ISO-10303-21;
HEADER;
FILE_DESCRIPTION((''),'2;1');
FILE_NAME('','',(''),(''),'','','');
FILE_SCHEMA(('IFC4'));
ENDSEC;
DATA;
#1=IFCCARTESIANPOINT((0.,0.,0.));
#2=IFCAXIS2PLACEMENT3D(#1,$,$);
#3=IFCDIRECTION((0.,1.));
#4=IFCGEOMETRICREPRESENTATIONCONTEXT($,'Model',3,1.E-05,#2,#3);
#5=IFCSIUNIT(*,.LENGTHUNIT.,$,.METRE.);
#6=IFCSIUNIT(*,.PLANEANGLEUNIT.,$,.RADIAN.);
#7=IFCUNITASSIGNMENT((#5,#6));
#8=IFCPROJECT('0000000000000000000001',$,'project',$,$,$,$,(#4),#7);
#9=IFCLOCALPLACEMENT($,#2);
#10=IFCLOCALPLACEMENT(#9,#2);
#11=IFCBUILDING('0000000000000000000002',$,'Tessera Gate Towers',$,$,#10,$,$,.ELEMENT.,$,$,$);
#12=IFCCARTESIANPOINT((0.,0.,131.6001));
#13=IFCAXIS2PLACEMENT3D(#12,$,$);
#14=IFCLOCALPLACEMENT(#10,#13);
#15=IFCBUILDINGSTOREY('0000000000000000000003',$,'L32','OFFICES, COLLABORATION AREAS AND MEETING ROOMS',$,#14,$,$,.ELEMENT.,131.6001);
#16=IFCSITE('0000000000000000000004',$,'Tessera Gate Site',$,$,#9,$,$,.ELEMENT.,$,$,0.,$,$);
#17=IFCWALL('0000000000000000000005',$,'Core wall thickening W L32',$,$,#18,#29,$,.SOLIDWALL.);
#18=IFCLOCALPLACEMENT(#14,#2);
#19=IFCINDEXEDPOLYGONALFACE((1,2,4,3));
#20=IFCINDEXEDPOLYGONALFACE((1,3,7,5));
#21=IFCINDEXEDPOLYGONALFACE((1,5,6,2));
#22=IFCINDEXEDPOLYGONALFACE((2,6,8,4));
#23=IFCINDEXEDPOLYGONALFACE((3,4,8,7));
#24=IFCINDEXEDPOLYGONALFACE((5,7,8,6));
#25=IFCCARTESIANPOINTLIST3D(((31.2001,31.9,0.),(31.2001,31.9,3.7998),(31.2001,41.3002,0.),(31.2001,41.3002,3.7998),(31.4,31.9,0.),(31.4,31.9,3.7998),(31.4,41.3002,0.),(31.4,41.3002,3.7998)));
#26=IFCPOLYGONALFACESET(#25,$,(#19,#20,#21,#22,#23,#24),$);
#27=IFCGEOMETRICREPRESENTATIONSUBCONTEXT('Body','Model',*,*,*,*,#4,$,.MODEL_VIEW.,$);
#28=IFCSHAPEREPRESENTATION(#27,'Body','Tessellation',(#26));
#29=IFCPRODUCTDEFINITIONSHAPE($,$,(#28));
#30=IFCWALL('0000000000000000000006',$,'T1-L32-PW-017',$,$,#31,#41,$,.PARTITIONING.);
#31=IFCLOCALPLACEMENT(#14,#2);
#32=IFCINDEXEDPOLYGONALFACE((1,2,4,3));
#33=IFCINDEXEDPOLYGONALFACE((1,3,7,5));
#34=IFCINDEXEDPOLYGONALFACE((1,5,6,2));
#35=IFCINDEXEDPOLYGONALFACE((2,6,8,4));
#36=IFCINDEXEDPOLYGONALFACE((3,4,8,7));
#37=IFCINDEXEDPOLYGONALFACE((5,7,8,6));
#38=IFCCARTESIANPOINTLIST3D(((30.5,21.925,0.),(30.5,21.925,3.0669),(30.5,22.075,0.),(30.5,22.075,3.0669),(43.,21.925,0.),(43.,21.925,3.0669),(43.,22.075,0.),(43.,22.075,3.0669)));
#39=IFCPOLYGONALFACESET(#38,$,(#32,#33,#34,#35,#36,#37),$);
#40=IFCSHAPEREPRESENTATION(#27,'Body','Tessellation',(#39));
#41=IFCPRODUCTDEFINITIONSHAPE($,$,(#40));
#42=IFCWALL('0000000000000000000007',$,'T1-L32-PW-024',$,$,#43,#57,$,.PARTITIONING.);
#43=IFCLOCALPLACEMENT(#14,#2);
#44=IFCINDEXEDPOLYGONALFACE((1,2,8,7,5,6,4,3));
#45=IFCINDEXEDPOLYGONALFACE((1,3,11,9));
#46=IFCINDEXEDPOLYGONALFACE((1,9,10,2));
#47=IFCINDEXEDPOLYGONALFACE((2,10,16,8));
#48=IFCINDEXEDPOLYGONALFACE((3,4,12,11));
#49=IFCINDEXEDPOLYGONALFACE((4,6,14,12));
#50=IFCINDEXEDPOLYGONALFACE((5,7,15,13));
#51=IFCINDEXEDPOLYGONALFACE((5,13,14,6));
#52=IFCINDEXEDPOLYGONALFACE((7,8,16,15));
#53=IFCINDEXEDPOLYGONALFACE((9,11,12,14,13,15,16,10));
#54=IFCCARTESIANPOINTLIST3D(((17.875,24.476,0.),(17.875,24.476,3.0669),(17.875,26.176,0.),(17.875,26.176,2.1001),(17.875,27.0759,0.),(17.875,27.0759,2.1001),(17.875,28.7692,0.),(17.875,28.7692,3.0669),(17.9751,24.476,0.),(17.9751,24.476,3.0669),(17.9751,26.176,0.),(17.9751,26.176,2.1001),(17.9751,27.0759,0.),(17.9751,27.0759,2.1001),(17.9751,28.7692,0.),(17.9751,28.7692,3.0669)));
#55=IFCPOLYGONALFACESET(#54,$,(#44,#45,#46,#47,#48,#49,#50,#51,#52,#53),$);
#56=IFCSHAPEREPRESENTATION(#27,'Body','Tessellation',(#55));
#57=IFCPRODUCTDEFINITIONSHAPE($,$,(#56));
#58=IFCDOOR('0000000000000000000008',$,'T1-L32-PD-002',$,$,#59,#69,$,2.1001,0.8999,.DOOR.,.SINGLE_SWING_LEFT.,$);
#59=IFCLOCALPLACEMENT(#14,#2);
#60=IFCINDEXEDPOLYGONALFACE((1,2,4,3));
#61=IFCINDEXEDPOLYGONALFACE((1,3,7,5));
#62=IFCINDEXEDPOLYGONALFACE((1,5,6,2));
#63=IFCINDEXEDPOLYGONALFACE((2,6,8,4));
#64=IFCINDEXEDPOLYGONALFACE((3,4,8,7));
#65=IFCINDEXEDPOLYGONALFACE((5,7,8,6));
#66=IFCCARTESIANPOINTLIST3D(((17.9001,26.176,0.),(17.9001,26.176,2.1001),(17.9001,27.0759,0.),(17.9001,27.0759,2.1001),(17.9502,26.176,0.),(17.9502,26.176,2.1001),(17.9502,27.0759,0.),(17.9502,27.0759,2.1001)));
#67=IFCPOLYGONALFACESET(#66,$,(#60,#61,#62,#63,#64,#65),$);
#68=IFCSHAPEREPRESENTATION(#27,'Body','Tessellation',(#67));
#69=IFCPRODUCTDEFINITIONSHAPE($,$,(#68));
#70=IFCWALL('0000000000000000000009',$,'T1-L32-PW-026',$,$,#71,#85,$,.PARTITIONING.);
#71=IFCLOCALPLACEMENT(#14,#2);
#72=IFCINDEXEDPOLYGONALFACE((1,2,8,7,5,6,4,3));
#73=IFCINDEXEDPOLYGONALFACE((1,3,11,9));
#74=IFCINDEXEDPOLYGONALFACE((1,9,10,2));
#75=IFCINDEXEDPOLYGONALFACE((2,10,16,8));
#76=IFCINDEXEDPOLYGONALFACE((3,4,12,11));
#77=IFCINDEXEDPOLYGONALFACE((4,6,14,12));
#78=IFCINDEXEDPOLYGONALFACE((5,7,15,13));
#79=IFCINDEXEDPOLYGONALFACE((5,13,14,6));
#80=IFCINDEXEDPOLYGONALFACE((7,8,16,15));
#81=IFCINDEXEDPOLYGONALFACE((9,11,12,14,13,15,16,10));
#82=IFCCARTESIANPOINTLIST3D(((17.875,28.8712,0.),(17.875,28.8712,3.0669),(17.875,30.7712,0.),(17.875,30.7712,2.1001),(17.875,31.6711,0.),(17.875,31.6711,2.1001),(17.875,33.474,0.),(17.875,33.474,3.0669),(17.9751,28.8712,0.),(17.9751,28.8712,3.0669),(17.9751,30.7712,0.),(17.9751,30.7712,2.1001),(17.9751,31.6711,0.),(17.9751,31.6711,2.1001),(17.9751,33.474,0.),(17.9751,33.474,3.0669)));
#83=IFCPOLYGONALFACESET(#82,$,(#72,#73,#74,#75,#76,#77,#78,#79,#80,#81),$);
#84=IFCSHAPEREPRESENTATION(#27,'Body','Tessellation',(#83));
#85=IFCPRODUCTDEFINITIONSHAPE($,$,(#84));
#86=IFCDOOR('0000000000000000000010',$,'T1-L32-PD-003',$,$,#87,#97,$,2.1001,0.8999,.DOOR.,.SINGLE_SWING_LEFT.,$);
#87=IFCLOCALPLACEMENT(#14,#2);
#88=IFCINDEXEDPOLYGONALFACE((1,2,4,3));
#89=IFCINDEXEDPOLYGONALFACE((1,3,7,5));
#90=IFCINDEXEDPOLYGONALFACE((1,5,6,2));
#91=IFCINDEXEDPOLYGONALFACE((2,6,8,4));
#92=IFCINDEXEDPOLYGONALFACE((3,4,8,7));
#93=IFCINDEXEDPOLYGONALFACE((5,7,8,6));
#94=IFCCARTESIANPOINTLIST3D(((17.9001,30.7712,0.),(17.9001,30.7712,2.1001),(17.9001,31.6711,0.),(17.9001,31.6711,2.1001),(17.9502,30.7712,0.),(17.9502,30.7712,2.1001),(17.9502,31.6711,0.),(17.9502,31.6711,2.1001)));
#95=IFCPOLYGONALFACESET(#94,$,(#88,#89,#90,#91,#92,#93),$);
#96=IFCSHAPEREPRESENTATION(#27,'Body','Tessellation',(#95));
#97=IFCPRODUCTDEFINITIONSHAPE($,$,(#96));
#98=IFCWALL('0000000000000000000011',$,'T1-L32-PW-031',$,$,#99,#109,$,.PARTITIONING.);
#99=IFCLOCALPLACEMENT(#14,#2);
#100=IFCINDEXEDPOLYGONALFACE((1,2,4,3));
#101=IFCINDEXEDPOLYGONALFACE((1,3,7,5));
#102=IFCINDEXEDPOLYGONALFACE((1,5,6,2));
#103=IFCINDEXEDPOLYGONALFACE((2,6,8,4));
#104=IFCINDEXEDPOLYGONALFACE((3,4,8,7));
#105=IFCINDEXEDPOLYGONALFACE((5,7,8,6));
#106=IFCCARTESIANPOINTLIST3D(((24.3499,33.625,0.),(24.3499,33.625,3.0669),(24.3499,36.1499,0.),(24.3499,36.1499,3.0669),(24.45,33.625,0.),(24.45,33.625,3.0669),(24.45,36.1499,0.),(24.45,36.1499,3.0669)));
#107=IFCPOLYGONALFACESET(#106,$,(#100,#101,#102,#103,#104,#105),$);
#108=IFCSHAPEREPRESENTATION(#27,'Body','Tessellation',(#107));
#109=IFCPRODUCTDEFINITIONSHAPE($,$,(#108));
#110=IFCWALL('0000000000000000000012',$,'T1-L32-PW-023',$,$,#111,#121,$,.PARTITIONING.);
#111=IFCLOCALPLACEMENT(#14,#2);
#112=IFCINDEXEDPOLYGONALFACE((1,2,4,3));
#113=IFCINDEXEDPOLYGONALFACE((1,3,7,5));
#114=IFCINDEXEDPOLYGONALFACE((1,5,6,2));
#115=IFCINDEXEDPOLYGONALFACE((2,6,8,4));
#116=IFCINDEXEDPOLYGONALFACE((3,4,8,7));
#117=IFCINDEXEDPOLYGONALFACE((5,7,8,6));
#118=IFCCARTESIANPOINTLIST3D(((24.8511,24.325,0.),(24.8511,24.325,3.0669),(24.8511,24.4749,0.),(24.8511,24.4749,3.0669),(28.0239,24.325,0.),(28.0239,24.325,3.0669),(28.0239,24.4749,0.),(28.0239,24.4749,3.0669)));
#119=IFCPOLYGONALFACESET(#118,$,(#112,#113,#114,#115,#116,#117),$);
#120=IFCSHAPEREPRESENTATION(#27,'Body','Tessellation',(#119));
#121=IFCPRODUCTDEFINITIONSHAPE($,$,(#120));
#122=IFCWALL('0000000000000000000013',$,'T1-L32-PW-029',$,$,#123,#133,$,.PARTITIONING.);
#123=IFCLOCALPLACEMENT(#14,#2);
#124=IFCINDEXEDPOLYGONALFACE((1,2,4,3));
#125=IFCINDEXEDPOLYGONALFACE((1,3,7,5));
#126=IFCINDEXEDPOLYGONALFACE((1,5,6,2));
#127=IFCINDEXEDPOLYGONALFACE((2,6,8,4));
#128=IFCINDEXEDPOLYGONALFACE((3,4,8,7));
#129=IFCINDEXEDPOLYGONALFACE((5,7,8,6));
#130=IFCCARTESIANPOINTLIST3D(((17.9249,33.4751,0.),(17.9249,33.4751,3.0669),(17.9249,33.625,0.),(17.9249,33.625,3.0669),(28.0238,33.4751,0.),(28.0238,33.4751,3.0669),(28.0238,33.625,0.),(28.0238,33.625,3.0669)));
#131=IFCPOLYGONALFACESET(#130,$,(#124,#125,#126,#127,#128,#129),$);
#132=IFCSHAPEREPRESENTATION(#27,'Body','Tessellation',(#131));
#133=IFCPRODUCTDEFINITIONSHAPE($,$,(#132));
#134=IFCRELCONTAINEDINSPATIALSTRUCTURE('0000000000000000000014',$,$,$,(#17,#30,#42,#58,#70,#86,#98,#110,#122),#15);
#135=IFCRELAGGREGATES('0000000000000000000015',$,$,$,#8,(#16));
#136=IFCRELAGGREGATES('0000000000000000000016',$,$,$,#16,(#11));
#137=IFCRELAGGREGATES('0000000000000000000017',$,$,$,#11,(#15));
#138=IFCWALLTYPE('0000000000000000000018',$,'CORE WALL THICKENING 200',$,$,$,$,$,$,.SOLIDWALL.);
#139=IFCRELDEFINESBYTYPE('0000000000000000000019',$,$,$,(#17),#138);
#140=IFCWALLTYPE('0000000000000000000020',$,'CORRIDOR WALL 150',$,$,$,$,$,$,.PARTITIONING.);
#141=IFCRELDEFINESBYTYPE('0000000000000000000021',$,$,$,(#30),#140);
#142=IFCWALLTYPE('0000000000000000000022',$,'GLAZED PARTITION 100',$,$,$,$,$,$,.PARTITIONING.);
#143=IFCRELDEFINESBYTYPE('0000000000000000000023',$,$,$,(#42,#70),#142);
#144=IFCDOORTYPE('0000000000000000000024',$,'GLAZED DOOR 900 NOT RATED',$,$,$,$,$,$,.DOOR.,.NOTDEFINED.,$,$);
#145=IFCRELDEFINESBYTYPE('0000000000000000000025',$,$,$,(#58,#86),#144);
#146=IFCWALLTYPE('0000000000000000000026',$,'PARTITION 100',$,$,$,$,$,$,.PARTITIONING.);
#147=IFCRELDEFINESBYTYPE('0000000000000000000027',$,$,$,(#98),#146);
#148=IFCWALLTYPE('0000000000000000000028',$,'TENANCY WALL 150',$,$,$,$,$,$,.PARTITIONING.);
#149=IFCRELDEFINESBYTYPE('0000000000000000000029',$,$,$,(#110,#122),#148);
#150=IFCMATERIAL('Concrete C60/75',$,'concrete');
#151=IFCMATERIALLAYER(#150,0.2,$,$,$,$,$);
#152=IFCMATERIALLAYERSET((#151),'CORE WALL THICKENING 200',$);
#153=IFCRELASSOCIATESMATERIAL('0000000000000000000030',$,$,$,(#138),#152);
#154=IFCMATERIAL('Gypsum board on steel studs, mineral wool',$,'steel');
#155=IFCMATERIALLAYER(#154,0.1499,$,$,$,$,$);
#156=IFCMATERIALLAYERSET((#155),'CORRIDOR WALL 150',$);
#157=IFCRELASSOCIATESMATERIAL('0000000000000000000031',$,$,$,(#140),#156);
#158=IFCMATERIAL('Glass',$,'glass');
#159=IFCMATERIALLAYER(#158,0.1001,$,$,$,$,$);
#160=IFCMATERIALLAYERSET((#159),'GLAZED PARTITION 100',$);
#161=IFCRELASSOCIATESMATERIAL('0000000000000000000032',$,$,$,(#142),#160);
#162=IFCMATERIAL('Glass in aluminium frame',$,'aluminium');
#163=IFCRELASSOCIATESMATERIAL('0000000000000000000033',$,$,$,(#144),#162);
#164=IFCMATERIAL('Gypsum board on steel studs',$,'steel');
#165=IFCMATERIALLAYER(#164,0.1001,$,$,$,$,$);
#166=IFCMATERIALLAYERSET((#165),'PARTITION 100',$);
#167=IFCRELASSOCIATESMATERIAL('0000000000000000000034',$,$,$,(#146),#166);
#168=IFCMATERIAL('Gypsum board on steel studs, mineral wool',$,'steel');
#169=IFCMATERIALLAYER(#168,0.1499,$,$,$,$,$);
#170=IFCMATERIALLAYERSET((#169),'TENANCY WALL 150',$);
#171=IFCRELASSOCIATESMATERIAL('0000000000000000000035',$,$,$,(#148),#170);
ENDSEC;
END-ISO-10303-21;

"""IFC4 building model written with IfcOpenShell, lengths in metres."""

from ifc_helpers import new_model, si_unit, direction, frame, frame_2d, origin, place, context, subcontext, project, spatial, rectangle, extrude, source, transform, mapped, material, layer, layer_set, type_object, element, fill, save


model = new_model("IFC4")

# Units and contexts
model_context = context("Model", 3, precision=1e-05, world=origin(), true_north=direction((0.0, 1.0)))
body_context = subcontext(model_context, "Body", "Model", "MODEL_VIEW")
ifc_project = project(units=[si_unit("LENGTHUNIT", "METRE"), si_unit("PLANEANGLEUNIT", "RADIAN")], contexts=[model_context])

# Site, building, storey
site_placement = place(None, origin())
site = spatial("IfcSite", under=ifc_project, at=site_placement, Name="Tessera Gate Site", CompositionType="ELEMENT", RefElevation=0.0)
building_placement = place(site_placement, origin())
building = spatial("IfcBuilding", under=site, at=building_placement, Name="Tessera Gate Towers", CompositionType="ELEMENT")
storey_placement = place(building_placement, frame((0.0, 0.0, 131.6001)))
storey = spatial("IfcBuildingStorey", under=building, at=storey_placement, Name="L32", Description="OFFICES, COLLABORATION AREAS AND MEETING ROOMS", CompositionType="ELEMENT", Elevation=131.6001)

# Shared definitions
shared_shape_1 = source(origin(), body_context, "Body", "SweptSolid", [
    extrude(rectangle(XDim=0.8999, YDim=2.1001, at=frame_2d((0.45, 1.05))), frame((0.0, 0.0249, 0.0), z_axis=(0.0, -1.0, 0.0), x_axis=(1.0, 0.0, 0.0)), (0.0, 0.0, 1.0), 0.05),
])

# Walls
ifc_material_1 = material(Name="Concrete C60/75", Category="concrete")
ifc_layer_1 = layer(ifc_material_1, 0.2)
ifc_layer_set_1 = layer_set([ifc_layer_1], Name="CORE WALL THICKENING 200")
wall_type_1 = type_object("IfcWallType", Name="CORE WALL THICKENING 200", PredefinedType="SOLIDWALL", material=ifc_layer_set_1)
wall_1_placement = place(storey_placement, frame((31.3, 31.8999, 0.0), z_axis=(0.0, 0.0, 1.0), x_axis=(0.0, 1.0, 0.0)))
element("IfcWall", 1, at=wall_1_placement, inside=storey, type_object=wall_type_1, Name="Core wall thickening W L32", PredefinedType="SOLIDWALL", context=body_context, shape_type="SweptSolid", body=[
    extrude(rectangle(XDim=9.4001, YDim=0.2, at=frame_2d((4.7002, 0.0))), origin(), (0.0, 0.0, 1.0), 3.7998),
])
ifc_material_2 = material(Name="Gypsum board on steel studs, mineral wool", Category="steel")
ifc_layer_2 = layer(ifc_material_2, 0.1499)
ifc_layer_set_2 = layer_set([ifc_layer_2], Name="CORRIDOR WALL 150")
wall_type_2 = type_object("IfcWallType", Name="CORRIDOR WALL 150", PredefinedType="PARTITIONING", material=ifc_layer_set_2)
wall_2_placement = place(storey_placement, frame((30.5, 22.0, 0.0), z_axis=(0.0, 0.0, 1.0), x_axis=(1.0, 0.0, 0.0)))
element("IfcWall", 2, at=wall_2_placement, inside=storey, type_object=wall_type_2, Name="T1-L32-PW-017", PredefinedType="PARTITIONING", context=body_context, shape_type="SweptSolid", body=[
    extrude(rectangle(XDim=12.5, YDim=0.1499, at=frame_2d((6.25, 0.0))), origin(), (0.0, 0.0, 1.0), 3.0669),
])

# Walls, openings, doors
ifc_material_3 = material(Name="Glass", Category="glass")
ifc_layer_3 = layer(ifc_material_3, 0.1001)
ifc_layer_set_3 = layer_set([ifc_layer_3], Name="GLAZED PARTITION 100")
wall_type_3 = type_object("IfcWallType", Name="GLAZED PARTITION 100", PredefinedType="PARTITIONING", material=ifc_layer_set_3)
wall_3_placement = place(storey_placement, frame((17.925, 24.4761, 0.0), z_axis=(0.0, 0.0, 1.0), x_axis=(0.0, 1.0, 0.0)))
wall_3 = element("IfcWall", 3, at=wall_3_placement, inside=storey, type_object=wall_type_3, Name="T1-L32-PW-024", PredefinedType="PARTITIONING", context=body_context, shape_type="SweptSolid", body=[
    extrude(rectangle(XDim=4.2932, YDim=0.1001, at=frame_2d((2.1465, 0.0))), origin(), (0.0, 0.0, 1.0), 3.0669),
])
shared_shape_2 = source(origin(), body_context, "Body", "SweptSolid", [
    extrude(rectangle(XDim=0.8999, YDim=2.1001, at=frame_2d((0.45, 1.05))), frame((0.0, 0.0601, 0.0), z_axis=(0.0, -1.0, 0.0), x_axis=(1.0, 0.0, 0.0)), (0.0, 0.0, 1.0), 0.1201),
])
opening_1_placement = place(wall_3_placement, frame((1.7, 0.0, 0.0)))
opening_1 = element("IfcOpeningElement", 4, at=opening_1_placement, cuts=wall_3, PredefinedType="OPENING", context=body_context, shape_type="MappedRepresentation", body=[
    mapped(shared_shape_2, transform((0.0, 0.0, 0.0), scale=1.0)),
])
ifc_material_4 = material(Name="Glass in aluminium frame", Category="aluminium")
door_type_1 = type_object("IfcDoorType", Name="GLAZED DOOR 900 NOT RATED", OperationType="NOTDEFINED", PredefinedType="DOOR", material=ifc_material_4)
door_1_placement = place(opening_1_placement, origin())
door_1 = element("IfcDoor", 5, at=door_1_placement, inside=storey, type_object=door_type_1, Name="T1-L32-PD-002", OperationType="SINGLE_SWING_LEFT", OverallHeight=2.1001, OverallWidth=0.8999, PredefinedType="DOOR", context=body_context, shape_type="MappedRepresentation", body=[
    mapped(shared_shape_1, transform((0.0, 0.0, 0.0), scale=1.0)),
])
fill(opening_1, door_1)
wall_4_placement = place(storey_placement, frame((17.925, 28.8713, 0.0), z_axis=(0.0, 0.0, 1.0), x_axis=(0.0, 1.0, 0.0)))
wall_4 = element("IfcWall", 6, at=wall_4_placement, inside=storey, type_object=wall_type_3, Name="T1-L32-PW-026", PredefinedType="PARTITIONING", context=body_context, shape_type="SweptSolid", body=[
    extrude(rectangle(XDim=4.6028, YDim=0.1001, at=frame_2d((2.3013, 0.0))), origin(), (0.0, 0.0, 1.0), 3.0669),
])
opening_2_placement = place(wall_4_placement, frame((1.8999, 0.0, 0.0)))
opening_2 = element("IfcOpeningElement", 7, at=opening_2_placement, cuts=wall_4, PredefinedType="OPENING", context=body_context, shape_type="MappedRepresentation", body=[
    mapped(shared_shape_2, transform((0.0, 0.0, 0.0), scale=1.0)),
])
door_2_placement = place(opening_2_placement, origin())
door_2 = element("IfcDoor", 8, at=door_2_placement, inside=storey, type_object=door_type_1, Name="T1-L32-PD-003", OperationType="SINGLE_SWING_LEFT", OverallHeight=2.1001, OverallWidth=0.8999, PredefinedType="DOOR", context=body_context, shape_type="MappedRepresentation", body=[
    mapped(shared_shape_1, transform((0.0, 0.0, 0.0), scale=1.0)),
])
fill(opening_2, door_2)

# Walls
ifc_material_5 = material(Name="Gypsum board on steel studs", Category="steel")
ifc_layer_4 = layer(ifc_material_5, 0.1001)
ifc_layer_set_4 = layer_set([ifc_layer_4], Name="PARTITION 100")
wall_type_4 = type_object("IfcWallType", Name="PARTITION 100", PredefinedType="PARTITIONING", material=ifc_layer_set_4)
wall_5_placement = place(storey_placement, frame((24.3999, 36.1499, 0.0), z_axis=(0.0, 0.0, 1.0), x_axis=(0.0, -1.0, 0.0)))
element("IfcWall", 9, at=wall_5_placement, inside=storey, type_object=wall_type_4, Name="T1-L32-PW-031", PredefinedType="PARTITIONING", context=body_context, shape_type="SweptSolid", body=[
    extrude(rectangle(XDim=2.5249, YDim=0.1001, at=frame_2d((1.2625, 0.0))), origin(), (0.0, 0.0, 1.0), 3.0669),
])
ifc_material_6 = material(Name="Gypsum board on steel studs, mineral wool", Category="steel")
ifc_layer_5 = layer(ifc_material_6, 0.1499)
ifc_layer_set_5 = layer_set([ifc_layer_5], Name="TENANCY WALL 150")
wall_type_5 = type_object("IfcWallType", Name="TENANCY WALL 150", PredefinedType="PARTITIONING", material=ifc_layer_set_5)
wall_6_placement = place(storey_placement, frame((24.8511, 24.3999, 0.0), z_axis=(0.0, 0.0, 1.0), x_axis=(1.0, 0.0, 0.0)))
element("IfcWall", 10, at=wall_6_placement, inside=storey, type_object=wall_type_5, Name="T1-L32-PW-023", PredefinedType="PARTITIONING", context=body_context, shape_type="SweptSolid", body=[
    extrude(rectangle(XDim=3.1729, YDim=0.1499, at=frame_2d((1.5864, 0.0))), origin(), (0.0, 0.0, 1.0), 3.0669),
])
wall_7_placement = place(storey_placement, frame((17.925, 33.55, 0.0), z_axis=(0.0, 0.0, 1.0), x_axis=(1.0, 0.0, 0.0)))
element("IfcWall", 11, at=wall_7_placement, inside=storey, type_object=wall_type_5, Name="T1-L32-PW-029", PredefinedType="PARTITIONING", context=body_context, shape_type="SweptSolid", body=[
    extrude(rectangle(XDim=10.0989, YDim=0.1499, at=frame_2d((5.0493, 0.0))), origin(), (0.0, 0.0, 1.0), 3.0669),
])

save(model, "model.ifc")
